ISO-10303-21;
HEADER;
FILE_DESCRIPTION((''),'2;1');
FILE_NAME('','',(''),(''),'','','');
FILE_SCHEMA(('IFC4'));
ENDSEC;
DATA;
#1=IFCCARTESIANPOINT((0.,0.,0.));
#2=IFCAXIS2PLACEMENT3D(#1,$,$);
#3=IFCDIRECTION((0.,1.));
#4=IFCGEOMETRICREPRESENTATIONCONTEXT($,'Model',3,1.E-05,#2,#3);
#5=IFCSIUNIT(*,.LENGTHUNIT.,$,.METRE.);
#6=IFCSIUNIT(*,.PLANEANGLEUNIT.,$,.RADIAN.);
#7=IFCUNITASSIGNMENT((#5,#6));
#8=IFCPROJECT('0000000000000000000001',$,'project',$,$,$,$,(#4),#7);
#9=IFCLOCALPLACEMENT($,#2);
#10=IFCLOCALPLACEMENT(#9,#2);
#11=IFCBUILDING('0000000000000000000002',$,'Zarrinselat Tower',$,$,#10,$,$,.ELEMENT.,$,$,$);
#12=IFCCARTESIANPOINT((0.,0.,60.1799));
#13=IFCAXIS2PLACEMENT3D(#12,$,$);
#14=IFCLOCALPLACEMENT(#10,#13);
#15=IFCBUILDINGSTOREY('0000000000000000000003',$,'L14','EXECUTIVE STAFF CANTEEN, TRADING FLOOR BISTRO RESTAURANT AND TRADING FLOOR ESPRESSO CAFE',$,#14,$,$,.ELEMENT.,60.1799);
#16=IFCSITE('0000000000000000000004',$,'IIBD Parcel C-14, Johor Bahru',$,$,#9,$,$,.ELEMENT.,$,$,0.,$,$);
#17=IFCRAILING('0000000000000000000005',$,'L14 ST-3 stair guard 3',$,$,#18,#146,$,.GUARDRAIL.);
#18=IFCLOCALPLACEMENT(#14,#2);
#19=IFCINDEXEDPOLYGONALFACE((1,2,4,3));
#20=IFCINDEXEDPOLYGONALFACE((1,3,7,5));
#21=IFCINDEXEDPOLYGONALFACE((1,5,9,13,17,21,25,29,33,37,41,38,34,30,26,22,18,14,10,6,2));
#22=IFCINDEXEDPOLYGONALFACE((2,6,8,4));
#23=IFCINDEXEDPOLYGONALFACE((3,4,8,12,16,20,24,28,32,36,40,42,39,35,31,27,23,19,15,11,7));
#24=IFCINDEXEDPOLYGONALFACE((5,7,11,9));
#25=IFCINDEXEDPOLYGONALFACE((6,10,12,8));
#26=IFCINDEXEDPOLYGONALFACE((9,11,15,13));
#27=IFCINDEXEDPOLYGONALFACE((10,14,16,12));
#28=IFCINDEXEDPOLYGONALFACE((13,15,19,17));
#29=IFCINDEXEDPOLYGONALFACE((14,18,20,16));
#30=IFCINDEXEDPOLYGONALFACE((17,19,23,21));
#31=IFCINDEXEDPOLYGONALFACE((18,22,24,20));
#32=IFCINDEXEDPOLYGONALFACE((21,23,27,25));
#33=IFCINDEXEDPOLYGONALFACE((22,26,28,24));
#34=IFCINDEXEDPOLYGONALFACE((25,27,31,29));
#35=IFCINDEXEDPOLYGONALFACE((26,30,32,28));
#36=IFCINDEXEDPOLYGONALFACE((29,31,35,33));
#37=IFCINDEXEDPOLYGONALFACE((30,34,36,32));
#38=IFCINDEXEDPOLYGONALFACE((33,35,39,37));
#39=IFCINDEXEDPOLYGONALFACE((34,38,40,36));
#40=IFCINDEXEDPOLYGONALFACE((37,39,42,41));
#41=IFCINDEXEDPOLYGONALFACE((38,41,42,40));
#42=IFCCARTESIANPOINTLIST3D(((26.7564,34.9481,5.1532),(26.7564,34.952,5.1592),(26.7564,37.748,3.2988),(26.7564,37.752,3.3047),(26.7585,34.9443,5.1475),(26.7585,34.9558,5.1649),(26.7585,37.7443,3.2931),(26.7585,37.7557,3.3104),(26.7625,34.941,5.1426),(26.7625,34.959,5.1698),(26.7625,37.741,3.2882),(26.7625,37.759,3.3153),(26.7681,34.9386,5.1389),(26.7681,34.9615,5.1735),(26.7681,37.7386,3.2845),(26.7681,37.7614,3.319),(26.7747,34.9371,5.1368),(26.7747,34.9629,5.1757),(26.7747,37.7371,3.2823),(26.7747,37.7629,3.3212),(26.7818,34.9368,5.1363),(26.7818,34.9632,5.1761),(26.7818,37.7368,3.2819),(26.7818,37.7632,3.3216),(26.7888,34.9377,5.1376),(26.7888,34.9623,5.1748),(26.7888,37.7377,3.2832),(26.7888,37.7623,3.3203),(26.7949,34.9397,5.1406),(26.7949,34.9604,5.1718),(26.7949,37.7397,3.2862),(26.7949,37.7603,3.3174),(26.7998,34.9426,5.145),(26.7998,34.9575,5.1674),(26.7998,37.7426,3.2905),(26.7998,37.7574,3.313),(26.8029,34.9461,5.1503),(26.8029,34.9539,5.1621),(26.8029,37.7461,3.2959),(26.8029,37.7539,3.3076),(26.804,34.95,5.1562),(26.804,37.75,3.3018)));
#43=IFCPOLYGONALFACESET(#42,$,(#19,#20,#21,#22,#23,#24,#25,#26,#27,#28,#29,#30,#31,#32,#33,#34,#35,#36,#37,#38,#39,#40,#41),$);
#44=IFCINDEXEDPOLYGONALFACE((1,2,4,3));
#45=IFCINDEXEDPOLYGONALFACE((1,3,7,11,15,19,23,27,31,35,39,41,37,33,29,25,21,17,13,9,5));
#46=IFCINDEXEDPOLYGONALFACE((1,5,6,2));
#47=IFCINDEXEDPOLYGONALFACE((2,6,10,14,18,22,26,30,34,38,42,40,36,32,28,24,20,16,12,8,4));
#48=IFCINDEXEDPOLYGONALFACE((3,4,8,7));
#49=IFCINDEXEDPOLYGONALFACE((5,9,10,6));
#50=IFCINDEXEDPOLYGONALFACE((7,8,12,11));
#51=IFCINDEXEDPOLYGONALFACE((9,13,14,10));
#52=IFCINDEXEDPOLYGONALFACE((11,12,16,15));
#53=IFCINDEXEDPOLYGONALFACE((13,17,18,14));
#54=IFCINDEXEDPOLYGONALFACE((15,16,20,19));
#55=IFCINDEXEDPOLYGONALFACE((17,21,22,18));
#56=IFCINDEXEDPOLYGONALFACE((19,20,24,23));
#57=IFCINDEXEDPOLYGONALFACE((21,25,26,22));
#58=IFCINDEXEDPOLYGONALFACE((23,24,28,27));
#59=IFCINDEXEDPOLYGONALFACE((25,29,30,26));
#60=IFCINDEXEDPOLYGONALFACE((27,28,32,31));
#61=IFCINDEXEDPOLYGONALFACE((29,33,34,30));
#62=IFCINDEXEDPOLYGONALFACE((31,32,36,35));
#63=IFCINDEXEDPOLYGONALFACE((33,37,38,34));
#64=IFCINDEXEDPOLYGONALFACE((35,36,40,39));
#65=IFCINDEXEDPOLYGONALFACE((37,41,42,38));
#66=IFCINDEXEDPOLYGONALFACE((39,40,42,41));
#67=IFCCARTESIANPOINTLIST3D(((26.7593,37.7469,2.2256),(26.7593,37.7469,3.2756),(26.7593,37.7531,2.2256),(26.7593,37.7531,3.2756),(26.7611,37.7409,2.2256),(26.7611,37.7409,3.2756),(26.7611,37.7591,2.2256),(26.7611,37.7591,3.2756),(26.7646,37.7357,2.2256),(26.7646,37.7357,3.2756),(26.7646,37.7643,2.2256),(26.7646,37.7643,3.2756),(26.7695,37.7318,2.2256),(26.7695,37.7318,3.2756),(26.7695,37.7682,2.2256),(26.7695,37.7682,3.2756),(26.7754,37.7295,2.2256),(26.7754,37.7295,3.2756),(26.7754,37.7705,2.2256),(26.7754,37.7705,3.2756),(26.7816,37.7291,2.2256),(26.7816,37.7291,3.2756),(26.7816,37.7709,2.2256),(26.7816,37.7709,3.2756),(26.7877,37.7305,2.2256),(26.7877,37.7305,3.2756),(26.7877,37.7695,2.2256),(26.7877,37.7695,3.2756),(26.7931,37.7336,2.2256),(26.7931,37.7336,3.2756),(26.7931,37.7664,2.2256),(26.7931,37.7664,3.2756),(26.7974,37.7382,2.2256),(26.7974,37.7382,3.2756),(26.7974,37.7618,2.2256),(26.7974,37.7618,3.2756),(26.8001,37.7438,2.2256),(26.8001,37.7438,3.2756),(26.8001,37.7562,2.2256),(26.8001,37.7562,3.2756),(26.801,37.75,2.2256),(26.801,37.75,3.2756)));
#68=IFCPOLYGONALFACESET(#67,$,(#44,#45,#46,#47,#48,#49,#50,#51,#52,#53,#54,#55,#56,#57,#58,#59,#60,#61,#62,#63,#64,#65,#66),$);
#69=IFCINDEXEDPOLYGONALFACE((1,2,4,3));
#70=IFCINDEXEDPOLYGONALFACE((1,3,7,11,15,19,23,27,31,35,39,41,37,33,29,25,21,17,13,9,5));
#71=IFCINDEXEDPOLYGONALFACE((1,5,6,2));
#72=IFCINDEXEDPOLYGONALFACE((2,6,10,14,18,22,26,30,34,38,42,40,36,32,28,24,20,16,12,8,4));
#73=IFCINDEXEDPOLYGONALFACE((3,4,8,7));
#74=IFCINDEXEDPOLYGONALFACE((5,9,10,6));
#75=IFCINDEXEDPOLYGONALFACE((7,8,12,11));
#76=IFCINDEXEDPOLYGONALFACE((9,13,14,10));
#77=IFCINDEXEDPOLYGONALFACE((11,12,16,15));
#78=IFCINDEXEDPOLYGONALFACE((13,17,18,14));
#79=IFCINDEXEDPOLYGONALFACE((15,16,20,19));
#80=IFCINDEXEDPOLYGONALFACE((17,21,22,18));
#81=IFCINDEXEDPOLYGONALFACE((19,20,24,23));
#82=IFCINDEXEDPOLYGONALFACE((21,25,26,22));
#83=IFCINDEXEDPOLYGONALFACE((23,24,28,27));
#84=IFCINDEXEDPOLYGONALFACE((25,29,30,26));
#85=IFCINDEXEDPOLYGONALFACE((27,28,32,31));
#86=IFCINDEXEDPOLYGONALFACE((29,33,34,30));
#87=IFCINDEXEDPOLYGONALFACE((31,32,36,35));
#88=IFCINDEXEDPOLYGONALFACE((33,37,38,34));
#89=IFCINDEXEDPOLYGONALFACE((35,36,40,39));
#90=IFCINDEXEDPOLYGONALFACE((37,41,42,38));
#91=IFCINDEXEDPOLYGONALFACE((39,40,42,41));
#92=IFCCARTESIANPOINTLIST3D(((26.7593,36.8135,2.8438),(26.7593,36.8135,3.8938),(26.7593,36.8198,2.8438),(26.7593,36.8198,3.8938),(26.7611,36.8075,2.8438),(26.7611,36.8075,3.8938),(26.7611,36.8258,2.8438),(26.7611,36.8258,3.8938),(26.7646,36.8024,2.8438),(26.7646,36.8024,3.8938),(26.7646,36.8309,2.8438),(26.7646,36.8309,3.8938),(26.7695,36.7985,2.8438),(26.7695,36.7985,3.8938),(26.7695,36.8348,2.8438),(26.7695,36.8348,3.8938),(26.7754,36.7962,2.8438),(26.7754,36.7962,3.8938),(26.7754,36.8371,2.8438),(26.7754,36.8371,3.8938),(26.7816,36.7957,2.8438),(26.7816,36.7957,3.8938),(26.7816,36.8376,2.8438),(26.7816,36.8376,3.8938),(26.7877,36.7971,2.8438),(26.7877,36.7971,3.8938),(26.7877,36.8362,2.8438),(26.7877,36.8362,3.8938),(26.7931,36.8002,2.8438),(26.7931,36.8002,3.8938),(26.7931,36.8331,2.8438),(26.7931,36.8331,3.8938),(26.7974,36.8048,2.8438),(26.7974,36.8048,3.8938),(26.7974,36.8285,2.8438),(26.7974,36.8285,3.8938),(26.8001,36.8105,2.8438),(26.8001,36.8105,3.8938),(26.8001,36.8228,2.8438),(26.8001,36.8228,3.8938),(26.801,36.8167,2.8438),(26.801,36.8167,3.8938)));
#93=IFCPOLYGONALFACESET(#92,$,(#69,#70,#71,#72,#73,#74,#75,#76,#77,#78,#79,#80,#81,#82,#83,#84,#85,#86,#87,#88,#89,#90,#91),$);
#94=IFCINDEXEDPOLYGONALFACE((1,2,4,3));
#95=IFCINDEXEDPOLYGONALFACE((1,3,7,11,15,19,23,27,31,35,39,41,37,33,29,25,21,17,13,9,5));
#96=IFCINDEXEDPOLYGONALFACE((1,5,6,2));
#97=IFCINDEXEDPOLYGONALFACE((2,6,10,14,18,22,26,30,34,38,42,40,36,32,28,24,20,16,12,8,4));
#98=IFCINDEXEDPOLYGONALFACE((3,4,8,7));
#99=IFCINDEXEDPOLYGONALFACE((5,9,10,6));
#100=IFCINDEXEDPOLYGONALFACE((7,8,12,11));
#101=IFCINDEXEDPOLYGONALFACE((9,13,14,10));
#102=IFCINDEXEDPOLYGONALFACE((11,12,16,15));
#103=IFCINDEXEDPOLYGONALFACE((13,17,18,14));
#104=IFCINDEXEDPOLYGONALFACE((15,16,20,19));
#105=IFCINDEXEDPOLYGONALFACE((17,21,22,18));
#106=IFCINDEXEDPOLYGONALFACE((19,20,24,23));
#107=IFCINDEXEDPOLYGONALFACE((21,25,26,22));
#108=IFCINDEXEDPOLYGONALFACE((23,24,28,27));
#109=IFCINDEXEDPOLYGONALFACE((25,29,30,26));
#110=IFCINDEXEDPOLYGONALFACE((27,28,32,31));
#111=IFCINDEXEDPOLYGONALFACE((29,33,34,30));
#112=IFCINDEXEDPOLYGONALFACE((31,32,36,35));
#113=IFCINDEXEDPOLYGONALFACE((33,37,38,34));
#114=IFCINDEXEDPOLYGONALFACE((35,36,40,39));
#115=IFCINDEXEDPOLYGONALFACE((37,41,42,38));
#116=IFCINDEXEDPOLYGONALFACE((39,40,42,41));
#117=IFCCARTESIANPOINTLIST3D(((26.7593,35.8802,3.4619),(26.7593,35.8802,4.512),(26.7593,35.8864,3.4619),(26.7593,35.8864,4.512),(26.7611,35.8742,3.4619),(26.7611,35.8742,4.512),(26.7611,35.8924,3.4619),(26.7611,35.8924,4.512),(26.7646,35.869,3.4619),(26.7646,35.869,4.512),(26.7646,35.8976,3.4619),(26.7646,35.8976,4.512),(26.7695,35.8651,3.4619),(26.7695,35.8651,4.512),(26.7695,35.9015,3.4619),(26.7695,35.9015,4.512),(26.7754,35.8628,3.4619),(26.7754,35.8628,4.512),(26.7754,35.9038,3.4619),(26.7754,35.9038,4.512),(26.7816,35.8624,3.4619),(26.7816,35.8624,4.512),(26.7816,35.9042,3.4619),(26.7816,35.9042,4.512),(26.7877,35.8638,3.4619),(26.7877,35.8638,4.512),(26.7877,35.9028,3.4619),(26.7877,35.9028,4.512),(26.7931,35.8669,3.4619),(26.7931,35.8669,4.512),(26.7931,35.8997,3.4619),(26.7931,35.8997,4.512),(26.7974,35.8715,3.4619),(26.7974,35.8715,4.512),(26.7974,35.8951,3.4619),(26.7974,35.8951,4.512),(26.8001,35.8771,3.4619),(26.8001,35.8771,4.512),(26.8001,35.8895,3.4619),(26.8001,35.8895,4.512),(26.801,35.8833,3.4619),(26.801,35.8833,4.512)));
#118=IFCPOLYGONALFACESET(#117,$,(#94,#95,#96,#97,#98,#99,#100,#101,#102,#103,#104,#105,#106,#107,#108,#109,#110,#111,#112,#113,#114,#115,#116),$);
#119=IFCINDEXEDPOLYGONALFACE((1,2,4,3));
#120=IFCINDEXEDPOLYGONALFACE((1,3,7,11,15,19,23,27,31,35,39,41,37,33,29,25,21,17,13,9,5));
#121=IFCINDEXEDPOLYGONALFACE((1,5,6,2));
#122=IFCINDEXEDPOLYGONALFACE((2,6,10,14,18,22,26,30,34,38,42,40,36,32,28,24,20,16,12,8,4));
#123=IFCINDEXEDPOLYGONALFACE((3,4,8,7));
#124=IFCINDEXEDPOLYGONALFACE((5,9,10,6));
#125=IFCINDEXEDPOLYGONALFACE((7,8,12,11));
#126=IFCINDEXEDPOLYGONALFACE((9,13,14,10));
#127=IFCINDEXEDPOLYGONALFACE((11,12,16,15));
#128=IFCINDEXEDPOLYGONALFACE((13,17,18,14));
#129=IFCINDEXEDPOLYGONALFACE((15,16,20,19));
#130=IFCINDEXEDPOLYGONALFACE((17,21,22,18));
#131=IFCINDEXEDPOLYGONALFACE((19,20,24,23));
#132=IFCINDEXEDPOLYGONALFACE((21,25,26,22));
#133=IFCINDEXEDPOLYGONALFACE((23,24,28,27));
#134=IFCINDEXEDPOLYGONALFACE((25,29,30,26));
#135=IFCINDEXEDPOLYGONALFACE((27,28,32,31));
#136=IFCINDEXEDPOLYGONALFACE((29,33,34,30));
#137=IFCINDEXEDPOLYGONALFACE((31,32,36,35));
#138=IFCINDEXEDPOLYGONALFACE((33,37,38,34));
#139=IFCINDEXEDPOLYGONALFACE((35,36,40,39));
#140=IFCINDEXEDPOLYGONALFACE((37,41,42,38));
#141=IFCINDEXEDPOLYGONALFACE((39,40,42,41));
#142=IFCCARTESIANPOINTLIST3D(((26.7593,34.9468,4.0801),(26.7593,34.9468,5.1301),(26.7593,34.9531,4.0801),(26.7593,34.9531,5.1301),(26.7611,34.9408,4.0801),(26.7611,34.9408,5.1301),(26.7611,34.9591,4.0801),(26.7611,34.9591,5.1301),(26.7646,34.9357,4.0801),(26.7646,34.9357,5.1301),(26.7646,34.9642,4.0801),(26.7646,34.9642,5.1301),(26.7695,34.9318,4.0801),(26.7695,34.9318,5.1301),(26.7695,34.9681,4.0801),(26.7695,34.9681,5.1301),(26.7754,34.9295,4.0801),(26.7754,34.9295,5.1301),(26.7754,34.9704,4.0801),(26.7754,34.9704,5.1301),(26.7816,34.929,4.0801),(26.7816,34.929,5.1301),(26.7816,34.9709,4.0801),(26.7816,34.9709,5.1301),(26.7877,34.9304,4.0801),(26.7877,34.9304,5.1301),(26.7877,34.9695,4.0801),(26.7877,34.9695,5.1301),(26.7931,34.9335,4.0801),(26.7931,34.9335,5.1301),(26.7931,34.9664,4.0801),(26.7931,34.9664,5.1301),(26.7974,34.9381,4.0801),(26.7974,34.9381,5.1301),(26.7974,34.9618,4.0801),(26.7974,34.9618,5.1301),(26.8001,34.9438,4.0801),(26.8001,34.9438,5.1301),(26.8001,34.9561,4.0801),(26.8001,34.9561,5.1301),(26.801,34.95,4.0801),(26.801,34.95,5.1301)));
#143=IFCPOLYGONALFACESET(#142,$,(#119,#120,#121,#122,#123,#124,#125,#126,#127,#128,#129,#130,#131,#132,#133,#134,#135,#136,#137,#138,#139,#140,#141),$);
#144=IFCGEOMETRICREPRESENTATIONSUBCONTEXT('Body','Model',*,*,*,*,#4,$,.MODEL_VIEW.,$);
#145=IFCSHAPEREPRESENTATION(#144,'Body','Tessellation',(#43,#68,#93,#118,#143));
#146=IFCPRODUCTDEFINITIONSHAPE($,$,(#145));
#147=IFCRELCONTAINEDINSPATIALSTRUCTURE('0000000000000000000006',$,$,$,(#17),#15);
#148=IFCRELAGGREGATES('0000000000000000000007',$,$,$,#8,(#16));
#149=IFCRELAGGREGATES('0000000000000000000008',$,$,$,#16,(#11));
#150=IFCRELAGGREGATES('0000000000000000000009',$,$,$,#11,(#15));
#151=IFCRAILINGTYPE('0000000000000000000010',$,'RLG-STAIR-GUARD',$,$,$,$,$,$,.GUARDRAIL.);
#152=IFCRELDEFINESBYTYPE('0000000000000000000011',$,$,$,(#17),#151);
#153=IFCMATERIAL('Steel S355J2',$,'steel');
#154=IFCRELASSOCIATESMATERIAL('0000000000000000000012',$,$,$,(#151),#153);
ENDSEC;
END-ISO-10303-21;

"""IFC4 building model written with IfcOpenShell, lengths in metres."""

from ifc_helpers import new_model, si_unit, direction, frame, origin, origin_2d, place, context, subcontext, project, spatial, circle, extrude, material, type_object, element, save


model = new_model("IFC4")

# Units and contexts
model_context = context("Model", 3, precision=1e-05, world=origin(), true_north=direction((0.0, 1.0)))
body_context = subcontext(model_context, "Body", "Model", "MODEL_VIEW")
ifc_project = project(units=[si_unit("LENGTHUNIT", "METRE"), si_unit("PLANEANGLEUNIT", "RADIAN")], contexts=[model_context])

# Site, building, storey
site_placement = place(None, origin())
site = spatial("IfcSite", under=ifc_project, at=site_placement, Name="IIBD Parcel C-14, Johor Bahru", CompositionType="ELEMENT", RefElevation=0.0)
building_placement = place(site_placement, origin())
building = spatial("IfcBuilding", under=site, at=building_placement, Name="Zarrinselat Tower", CompositionType="ELEMENT")
storey_placement = place(building_placement, frame((0.0, 0.0, 60.1799)))
storey = spatial("IfcBuildingStorey", under=building, at=storey_placement, Name="L14", Description="EXECUTIVE STAFF CANTEEN, TRADING FLOOR BISTRO RESTAURANT AND TRADING FLOOR ESPRESSO CAFE", CompositionType="ELEMENT", Elevation=60.1799)

# Railing
ifc_material_1 = material(Name="Steel S355J2", Category="steel")
railing_type_1 = type_object("IfcRailingType", Name="RLG-STAIR-GUARD", PredefinedType="GUARDRAIL", material=ifc_material_1)
railing_1_placement = place(storey_placement, frame((26.78, 37.75, 2.2256)))
element("IfcRailing", 1, at=railing_1_placement, inside=storey, type_object=railing_type_1, Name="L14 ST-3 stair guard 3", PredefinedType="GUARDRAIL", context=body_context, shape_type="SweptSolid", body=[
    extrude(circle(Radius=0.0239, at=origin_2d()), frame((0.0, 0.0, 1.0762), z_axis=(0.0, -0.833724, 0.552181), x_axis=(1.0, 0.0, 0.0)), (0.0, 0.0, 1.0), 3.3584),
    extrude(circle(Radius=0.021, at=origin_2d()), origin(), (0.0, 0.0, 1.0), 1.05),
    extrude(circle(Radius=0.021, at=origin_2d()), frame((0.0, -0.9333, 0.6182)), (0.0, 0.0, 1.0), 1.05),
    extrude(circle(Radius=0.021, at=origin_2d()), frame((0.0, -1.8667, 1.2363)), (0.0, 0.0, 1.0), 1.05),
    extrude(circle(Radius=0.021, at=origin_2d()), frame((0.0, -2.8, 1.8545)), (0.0, 0.0, 1.0), 1.05),
])

save(model, "model.ifc")
